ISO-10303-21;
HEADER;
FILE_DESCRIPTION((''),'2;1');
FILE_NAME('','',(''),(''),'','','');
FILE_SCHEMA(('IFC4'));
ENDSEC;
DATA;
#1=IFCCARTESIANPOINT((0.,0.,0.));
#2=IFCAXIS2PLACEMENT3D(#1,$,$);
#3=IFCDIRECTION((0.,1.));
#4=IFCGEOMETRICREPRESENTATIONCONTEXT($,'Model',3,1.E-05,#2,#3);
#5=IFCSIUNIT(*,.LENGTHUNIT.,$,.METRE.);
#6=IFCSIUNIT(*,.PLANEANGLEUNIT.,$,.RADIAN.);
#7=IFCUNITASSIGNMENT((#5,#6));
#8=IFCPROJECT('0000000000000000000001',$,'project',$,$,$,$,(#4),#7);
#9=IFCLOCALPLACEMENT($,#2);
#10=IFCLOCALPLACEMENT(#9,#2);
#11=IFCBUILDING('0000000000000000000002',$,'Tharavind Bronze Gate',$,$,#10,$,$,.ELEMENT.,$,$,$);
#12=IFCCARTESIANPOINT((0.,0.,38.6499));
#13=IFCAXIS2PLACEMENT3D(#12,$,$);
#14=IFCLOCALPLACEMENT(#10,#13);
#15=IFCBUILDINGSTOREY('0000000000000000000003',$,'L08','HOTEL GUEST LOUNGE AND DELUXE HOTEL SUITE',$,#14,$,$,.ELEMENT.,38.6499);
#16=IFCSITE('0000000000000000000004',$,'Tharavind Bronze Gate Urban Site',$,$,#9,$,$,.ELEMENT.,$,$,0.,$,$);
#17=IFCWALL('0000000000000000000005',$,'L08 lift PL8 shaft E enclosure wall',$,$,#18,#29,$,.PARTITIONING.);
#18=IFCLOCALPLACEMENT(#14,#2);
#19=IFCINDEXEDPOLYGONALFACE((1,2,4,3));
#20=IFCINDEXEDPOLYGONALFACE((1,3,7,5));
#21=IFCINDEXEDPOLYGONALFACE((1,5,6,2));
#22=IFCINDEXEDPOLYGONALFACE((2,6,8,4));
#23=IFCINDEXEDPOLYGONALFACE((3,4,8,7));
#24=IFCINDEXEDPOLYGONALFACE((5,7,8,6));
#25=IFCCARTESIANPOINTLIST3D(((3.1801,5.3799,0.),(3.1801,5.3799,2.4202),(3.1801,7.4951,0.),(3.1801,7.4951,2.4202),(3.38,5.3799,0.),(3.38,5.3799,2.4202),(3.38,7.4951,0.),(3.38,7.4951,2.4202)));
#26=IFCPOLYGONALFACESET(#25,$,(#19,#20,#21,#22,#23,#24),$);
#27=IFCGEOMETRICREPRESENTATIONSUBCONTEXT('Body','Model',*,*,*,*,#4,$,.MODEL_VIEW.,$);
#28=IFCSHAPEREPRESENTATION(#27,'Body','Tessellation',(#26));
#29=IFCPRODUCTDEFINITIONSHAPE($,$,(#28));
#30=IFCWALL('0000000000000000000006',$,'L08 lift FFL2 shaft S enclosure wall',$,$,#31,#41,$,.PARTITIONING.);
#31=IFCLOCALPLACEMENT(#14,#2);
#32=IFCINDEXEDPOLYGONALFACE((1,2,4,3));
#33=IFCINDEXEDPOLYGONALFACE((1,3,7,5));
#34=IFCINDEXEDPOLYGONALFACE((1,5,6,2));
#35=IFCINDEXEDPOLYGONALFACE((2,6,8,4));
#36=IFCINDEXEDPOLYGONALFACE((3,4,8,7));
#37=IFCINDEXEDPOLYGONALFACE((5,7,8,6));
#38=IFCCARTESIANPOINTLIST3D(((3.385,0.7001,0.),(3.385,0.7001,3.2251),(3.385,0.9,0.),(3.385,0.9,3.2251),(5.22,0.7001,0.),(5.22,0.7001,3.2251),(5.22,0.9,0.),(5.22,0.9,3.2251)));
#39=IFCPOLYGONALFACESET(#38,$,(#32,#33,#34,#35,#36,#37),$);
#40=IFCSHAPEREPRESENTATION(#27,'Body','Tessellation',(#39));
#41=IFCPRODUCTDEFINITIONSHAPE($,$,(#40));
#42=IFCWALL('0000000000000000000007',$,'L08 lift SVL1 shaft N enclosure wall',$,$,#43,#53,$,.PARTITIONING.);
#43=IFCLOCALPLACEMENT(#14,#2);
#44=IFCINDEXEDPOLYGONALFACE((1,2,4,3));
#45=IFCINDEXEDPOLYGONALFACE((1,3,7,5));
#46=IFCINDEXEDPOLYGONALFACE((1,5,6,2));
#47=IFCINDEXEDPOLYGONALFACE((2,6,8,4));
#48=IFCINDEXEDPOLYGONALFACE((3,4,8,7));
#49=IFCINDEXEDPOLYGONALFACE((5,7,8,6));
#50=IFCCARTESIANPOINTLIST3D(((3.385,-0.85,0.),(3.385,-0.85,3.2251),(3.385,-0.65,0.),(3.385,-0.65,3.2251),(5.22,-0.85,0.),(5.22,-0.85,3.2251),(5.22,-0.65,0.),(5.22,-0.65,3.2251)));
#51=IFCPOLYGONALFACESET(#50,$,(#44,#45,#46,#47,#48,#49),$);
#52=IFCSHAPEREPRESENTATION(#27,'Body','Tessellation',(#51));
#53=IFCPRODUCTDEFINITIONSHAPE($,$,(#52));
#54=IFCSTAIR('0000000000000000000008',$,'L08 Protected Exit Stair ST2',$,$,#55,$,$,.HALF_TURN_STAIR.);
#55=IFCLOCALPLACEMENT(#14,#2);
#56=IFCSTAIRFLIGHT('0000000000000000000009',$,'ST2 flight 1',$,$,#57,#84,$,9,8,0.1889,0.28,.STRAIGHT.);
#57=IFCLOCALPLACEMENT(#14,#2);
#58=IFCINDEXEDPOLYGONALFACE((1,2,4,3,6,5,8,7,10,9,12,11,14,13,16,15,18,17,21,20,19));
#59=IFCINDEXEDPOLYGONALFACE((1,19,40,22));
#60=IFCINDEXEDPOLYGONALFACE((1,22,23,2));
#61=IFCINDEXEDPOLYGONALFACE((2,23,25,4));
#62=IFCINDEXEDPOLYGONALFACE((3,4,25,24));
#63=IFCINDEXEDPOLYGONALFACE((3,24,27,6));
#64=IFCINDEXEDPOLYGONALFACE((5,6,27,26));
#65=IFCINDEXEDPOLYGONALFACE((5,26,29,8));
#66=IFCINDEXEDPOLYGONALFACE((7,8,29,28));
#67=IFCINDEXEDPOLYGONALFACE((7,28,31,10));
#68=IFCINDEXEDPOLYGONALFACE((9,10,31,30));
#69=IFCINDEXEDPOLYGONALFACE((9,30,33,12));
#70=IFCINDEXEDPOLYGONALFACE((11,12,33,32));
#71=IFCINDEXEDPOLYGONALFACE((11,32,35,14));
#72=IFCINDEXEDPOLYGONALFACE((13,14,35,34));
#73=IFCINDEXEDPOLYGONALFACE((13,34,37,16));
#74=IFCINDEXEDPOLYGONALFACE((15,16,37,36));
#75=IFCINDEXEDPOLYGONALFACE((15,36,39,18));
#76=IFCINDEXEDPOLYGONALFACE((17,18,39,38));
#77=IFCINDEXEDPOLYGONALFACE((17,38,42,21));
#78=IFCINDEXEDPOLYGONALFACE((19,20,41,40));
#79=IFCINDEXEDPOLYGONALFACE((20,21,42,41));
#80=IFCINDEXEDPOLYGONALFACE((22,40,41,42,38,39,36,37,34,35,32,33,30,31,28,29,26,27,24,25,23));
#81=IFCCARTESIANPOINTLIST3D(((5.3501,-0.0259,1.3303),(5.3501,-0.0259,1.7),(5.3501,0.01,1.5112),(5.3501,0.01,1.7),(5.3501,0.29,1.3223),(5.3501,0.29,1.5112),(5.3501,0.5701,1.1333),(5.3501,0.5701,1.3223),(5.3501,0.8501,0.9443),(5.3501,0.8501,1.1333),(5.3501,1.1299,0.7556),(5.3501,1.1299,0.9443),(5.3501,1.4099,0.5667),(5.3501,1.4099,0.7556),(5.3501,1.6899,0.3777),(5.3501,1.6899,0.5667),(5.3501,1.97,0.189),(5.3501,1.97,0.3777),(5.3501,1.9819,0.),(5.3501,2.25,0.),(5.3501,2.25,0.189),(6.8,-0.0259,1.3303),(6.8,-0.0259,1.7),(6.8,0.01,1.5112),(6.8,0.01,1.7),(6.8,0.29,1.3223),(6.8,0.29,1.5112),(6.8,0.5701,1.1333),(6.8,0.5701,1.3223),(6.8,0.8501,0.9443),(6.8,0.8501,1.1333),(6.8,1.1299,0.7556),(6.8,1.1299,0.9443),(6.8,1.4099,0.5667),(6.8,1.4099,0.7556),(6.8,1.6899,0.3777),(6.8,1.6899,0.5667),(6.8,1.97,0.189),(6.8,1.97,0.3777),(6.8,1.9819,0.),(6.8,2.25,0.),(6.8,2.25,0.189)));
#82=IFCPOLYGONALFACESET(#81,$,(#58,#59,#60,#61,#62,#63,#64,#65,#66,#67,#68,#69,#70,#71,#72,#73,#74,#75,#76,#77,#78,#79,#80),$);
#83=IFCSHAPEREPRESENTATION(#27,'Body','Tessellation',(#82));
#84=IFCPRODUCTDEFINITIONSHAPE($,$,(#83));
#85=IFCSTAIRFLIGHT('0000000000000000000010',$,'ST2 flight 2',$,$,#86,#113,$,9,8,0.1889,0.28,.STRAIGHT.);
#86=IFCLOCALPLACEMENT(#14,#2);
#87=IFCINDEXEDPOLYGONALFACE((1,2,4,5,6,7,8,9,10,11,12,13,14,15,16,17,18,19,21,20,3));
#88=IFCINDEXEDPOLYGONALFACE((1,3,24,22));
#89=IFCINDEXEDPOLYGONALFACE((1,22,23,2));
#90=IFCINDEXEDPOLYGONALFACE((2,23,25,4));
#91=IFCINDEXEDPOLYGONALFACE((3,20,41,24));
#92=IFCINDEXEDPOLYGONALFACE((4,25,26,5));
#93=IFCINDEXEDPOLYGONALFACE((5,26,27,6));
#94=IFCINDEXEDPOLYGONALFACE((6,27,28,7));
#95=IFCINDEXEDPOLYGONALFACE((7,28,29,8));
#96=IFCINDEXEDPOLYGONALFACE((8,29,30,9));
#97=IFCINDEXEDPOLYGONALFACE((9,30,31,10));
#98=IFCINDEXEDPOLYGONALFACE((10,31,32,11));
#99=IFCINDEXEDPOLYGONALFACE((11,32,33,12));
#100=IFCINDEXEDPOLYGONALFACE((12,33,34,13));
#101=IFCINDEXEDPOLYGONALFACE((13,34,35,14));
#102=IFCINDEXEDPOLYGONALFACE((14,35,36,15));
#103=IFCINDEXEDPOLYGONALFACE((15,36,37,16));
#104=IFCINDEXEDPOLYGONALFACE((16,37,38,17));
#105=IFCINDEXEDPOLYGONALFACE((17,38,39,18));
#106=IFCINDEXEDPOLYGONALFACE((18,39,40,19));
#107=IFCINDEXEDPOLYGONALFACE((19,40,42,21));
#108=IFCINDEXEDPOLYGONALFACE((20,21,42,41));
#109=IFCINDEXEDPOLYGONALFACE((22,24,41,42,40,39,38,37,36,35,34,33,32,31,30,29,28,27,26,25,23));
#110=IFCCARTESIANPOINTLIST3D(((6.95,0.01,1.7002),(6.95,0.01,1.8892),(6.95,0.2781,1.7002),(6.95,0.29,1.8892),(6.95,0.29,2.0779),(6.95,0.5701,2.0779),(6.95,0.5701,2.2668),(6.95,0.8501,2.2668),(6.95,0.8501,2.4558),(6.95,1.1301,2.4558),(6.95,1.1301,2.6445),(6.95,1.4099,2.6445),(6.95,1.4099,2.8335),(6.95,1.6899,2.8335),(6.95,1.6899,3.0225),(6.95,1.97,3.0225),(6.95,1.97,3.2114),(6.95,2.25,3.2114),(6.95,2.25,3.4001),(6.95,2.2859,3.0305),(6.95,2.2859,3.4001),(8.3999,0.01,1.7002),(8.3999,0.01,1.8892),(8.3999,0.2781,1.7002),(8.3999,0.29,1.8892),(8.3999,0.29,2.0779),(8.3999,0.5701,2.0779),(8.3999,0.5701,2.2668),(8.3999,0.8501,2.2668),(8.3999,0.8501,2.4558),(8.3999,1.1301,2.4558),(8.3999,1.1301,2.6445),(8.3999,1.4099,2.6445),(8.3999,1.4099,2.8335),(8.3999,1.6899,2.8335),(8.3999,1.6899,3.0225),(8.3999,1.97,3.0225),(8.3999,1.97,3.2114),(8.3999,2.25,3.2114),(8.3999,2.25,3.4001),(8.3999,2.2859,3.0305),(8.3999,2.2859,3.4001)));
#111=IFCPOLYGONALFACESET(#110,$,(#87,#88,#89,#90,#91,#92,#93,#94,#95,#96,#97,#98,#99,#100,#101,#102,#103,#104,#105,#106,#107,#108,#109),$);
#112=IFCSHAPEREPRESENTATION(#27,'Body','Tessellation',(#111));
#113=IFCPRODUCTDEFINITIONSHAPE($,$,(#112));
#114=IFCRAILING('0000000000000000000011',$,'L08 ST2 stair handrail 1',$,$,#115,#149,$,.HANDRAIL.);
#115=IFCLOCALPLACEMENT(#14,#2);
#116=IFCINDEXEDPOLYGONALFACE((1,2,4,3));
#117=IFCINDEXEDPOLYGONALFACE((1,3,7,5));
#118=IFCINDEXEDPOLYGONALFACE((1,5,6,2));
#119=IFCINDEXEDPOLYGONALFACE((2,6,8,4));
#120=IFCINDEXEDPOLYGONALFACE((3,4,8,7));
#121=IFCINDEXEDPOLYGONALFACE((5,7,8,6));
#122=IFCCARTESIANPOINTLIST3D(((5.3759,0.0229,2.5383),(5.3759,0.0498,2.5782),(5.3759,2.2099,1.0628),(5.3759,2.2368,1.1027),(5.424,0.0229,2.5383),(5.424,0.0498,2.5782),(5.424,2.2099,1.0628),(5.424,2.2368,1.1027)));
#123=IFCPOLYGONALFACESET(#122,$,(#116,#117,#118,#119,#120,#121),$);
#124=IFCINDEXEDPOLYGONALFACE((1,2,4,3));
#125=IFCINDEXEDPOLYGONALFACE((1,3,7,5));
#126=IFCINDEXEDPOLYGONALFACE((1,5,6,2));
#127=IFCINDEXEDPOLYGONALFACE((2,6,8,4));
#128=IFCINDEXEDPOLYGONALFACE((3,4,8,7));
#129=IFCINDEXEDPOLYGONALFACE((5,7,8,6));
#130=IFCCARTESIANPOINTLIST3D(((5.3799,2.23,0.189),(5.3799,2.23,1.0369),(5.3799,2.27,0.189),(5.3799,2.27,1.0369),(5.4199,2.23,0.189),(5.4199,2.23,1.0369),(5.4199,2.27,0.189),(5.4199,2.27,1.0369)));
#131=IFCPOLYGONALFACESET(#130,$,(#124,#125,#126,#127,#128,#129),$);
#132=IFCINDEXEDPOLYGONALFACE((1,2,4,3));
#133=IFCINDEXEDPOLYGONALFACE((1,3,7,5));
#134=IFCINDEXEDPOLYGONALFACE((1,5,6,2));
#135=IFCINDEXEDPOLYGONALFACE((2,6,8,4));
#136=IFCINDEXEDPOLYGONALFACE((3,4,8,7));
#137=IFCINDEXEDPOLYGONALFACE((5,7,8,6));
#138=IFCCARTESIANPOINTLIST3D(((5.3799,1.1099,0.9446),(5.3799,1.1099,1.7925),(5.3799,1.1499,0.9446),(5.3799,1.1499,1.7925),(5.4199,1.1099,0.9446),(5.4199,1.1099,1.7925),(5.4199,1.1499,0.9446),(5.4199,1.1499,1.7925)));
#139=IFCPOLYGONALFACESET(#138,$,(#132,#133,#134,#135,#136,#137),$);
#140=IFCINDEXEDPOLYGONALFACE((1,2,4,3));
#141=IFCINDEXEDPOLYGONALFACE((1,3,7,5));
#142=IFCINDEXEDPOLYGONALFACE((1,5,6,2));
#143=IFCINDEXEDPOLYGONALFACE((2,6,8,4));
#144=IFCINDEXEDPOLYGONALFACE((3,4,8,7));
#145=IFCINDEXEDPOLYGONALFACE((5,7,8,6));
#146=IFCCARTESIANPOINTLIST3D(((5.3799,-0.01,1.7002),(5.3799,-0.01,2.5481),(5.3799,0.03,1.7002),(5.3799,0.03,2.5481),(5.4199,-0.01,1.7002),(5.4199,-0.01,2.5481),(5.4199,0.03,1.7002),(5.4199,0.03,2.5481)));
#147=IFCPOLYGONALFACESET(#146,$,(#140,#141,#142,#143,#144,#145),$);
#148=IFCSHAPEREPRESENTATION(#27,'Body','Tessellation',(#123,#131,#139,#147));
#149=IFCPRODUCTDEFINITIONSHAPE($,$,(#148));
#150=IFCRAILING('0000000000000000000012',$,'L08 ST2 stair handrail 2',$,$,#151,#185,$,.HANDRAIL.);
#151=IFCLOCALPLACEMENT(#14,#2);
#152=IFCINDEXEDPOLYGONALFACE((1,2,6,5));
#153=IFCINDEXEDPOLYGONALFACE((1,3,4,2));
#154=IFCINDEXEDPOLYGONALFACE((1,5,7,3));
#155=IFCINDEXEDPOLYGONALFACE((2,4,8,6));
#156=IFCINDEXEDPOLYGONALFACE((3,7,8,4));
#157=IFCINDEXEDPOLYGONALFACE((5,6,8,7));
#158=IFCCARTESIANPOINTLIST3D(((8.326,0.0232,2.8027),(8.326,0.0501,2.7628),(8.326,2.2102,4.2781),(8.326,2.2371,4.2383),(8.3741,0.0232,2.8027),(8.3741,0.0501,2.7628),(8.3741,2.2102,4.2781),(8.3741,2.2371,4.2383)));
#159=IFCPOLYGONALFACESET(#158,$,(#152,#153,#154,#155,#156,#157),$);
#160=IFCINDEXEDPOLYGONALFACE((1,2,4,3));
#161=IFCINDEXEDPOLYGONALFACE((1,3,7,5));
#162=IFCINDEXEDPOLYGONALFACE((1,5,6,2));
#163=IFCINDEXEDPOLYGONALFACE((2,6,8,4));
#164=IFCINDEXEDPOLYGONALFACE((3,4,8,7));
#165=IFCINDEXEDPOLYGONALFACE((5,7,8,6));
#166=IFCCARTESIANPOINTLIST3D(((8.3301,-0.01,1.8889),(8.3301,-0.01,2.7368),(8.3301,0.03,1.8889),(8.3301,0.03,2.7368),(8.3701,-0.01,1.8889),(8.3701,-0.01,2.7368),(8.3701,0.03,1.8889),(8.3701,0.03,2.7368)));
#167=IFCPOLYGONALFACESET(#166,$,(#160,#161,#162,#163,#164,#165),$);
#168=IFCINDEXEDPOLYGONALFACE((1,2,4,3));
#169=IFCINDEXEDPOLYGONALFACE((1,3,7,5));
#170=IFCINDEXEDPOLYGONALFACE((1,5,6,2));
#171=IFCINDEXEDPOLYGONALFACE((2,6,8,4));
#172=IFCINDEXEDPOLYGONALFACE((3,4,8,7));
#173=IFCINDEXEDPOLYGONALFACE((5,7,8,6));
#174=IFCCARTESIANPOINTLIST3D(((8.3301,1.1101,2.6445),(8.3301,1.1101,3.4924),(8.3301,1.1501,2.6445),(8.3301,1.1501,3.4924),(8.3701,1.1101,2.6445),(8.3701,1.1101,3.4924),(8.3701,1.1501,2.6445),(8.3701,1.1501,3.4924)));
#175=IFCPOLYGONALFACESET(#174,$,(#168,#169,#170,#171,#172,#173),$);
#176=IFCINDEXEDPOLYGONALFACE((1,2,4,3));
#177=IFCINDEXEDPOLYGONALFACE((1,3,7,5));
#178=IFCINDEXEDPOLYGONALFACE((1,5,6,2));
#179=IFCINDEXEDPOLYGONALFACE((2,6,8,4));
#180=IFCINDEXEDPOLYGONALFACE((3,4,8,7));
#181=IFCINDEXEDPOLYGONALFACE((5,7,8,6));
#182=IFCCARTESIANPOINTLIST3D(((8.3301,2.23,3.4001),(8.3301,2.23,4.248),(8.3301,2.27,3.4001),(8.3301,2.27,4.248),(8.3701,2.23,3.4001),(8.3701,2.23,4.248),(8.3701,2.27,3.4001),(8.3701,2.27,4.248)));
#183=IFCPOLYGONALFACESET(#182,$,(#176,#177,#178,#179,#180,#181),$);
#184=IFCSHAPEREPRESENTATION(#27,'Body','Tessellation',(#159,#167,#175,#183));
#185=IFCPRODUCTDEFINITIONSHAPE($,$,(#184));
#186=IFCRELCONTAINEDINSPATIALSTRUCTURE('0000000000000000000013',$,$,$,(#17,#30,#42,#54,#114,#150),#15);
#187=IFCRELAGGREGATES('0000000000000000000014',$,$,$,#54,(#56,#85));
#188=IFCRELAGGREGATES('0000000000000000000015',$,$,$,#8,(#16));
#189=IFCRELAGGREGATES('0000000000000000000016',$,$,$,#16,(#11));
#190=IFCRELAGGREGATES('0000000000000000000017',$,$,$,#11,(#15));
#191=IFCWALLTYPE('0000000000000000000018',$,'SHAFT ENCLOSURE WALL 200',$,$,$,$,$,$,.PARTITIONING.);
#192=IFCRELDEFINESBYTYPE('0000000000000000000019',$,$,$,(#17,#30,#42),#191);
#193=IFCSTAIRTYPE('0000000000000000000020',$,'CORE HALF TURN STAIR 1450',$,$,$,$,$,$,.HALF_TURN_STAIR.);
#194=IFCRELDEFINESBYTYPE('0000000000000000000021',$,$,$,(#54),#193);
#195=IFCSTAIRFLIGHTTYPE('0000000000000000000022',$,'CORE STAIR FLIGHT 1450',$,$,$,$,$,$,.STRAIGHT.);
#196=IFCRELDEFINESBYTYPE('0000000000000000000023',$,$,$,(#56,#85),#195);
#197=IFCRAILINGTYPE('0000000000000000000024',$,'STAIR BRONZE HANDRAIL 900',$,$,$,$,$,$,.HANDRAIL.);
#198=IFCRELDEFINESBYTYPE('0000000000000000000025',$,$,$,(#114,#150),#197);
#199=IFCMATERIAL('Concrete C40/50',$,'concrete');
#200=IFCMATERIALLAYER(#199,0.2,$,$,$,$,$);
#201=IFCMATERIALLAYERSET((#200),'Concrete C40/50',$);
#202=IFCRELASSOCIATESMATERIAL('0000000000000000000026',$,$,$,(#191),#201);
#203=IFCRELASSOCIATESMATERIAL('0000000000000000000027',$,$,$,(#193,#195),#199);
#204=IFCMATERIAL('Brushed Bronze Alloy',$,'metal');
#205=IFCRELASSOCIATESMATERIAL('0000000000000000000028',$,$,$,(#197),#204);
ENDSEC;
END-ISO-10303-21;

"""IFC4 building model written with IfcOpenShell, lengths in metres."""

from ifc_helpers import new_model, si_unit, direction, frame, frame_2d, origin, origin_2d, place, context, subcontext, project, spatial, polyline, rectangle, outline, extrude, material, layer, layer_set, type_object, element, aggregate, save


model = new_model("IFC4")

# Units and contexts
model_context = context("Model", 3, precision=1e-05, world=origin(), true_north=direction((0.0, 1.0)))
body_context = subcontext(model_context, "Body", "Model", "MODEL_VIEW")
ifc_project = project(units=[si_unit("LENGTHUNIT", "METRE"), si_unit("PLANEANGLEUNIT", "RADIAN")], contexts=[model_context])

# Site, building, storey
site_placement = place(None, origin())
site = spatial("IfcSite", under=ifc_project, at=site_placement, Name="Tharavind Bronze Gate Urban Site", CompositionType="ELEMENT", RefElevation=0.0)
building_placement = place(site_placement, origin())
building = spatial("IfcBuilding", under=site, at=building_placement, Name="Tharavind Bronze Gate", CompositionType="ELEMENT")
storey_placement = place(building_placement, frame((0.0, 0.0, 38.6499)))
storey = spatial("IfcBuildingStorey", under=building, at=storey_placement, Name="L08", Description="HOTEL GUEST LOUNGE AND DELUXE HOTEL SUITE", CompositionType="ELEMENT", Elevation=38.6499)

# Walls
ifc_material_1 = material(Name="Concrete C40/50", Category="concrete")
ifc_layer_1 = layer(ifc_material_1, 0.2)
ifc_layer_set_1 = layer_set([ifc_layer_1], Name="Concrete C40/50")
wall_type_1 = type_object("IfcWallType", Name="SHAFT ENCLOSURE WALL 200", PredefinedType="PARTITIONING", material=ifc_layer_set_1)
wall_1_placement = place(storey_placement, frame((3.28, 5.3799, 0.0), z_axis=(0.0, 0.0, 1.0), x_axis=(0.0, 1.0, 0.0)))
element("IfcWall", 1, at=wall_1_placement, inside=storey, type_object=wall_type_1, Name="L08 lift PL8 shaft E enclosure wall", PredefinedType="PARTITIONING", context=body_context, shape_type="SweptSolid", body=[
    extrude(rectangle(XDim=2.1152, YDim=0.2, at=frame_2d((1.0576, 0.0))), origin(), (0.0, 0.0, 1.0), 2.4202),
])
for number, where, z_axis, x_axis, name in (
    (2, (3.385, 0.8, 0.0), (0.0, 0.0, 1.0), (1.0, 0.0, 0.0), "L08 lift FFL2 shaft S enclosure wall"),
    (3, (3.385, -0.75, 0.0), (0.0, 0.0, 1.0), (1.0, 0.0, 0.0), "L08 lift SVL1 shaft N enclosure wall"),
):
    element("IfcWall", number, at=place(storey_placement, frame(where, z_axis=z_axis, x_axis=x_axis)), inside=storey, type_object=wall_type_1, Name=name, PredefinedType="PARTITIONING", context=body_context, shape_type="SweptSolid", body=[
        extrude(rectangle(XDim=1.835, YDim=0.2, at=frame_2d((0.9175, 0.0))), origin(), (0.0, 0.0, 1.0), 3.2251),
    ])

# Stair, stair flights
stair_type = type_object("IfcStairType", Name="CORE HALF TURN STAIR 1450", PredefinedType="HALF_TURN_STAIR", material=ifc_material_1)
stair_placement = place(storey_placement, origin())
stair = element("IfcStair", 4, at=stair_placement, inside=storey, type_object=stair_type, Name="L08 Protected Exit Stair ST2", PredefinedType="HALF_TURN_STAIR")
stair_flight_type = type_object("IfcStairFlightType", Name="CORE STAIR FLIGHT 1450", PredefinedType="STRAIGHT", material=ifc_material_1)
stair_flight_1_placement = place(storey_placement, frame((6.075, 2.25, 0.0), z_axis=(0.0, 0.0, 1.0), x_axis=(0.0, -1.0, 0.0)))
stair_flight_1 = element("IfcStairFlight", 5, at=stair_flight_1_placement, type_object=stair_flight_type, Name="ST2 flight 1", NumberOfRisers=9, NumberOfTreads=8, PredefinedType="STRAIGHT", RiserHeight=0.1889, TreadLength=0.28, context=body_context, shape_type="SweptSolid", body=[
    extrude(outline(polyline([(0.0, 0.0), (0.0, 0.189), (0.28, 0.189), (0.28, 0.3777), (0.5601, 0.3777), (0.5601, 0.5667), (0.8401, 0.5667), (0.8401, 0.7556), (1.1201, 0.7556), (1.1201, 0.9443), (1.3999, 0.9443), (1.3999, 1.1333), (1.6799, 1.1333), (1.6799, 1.3223), (1.96, 1.3223), (1.96, 1.5112), (2.24, 1.5112), (2.24, 1.7), (2.2759, 1.7), (2.2759, 1.3303), (0.2681, 0.0), (0.0, 0.0)])), frame((0.0, 0.7251, 0.0), z_axis=(0.0, -1.0, 0.0), x_axis=(1.0, 0.0, 0.0)), (0.0, 0.0, 1.0), 1.45),
])
stair_flight_2_placement = place(storey_placement, frame((7.675, 0.01, 1.7002), z_axis=(0.0, 0.0, 1.0), x_axis=(0.0, 1.0, 0.0)))
stair_flight_2 = element("IfcStairFlight", 6, at=stair_flight_2_placement, type_object=stair_flight_type, Name="ST2 flight 2", NumberOfRisers=9, NumberOfTreads=8, PredefinedType="STRAIGHT", RiserHeight=0.1889, TreadLength=0.28, context=body_context, shape_type="SweptSolid", body=[
    extrude(outline(polyline([(0.0, 0.0), (0.0, 0.189), (0.28, 0.189), (0.28, 0.3777), (0.5601, 0.3777), (0.5601, 0.5667), (0.8401, 0.5667), (0.8401, 0.7556), (1.1201, 0.7556), (1.1201, 0.9443), (1.3999, 0.9443), (1.3999, 1.1333), (1.6799, 1.1333), (1.6799, 1.3223), (1.96, 1.3223), (1.96, 1.5112), (2.24, 1.5112), (2.24, 1.7), (2.2759, 1.7), (2.2759, 1.3303), (0.2681, 0.0), (0.0, 0.0)])), frame((0.0, 0.7251, 0.0), z_axis=(0.0, -1.0, 0.0), x_axis=(1.0, 0.0, 0.0)), (0.0, 0.0, 1.0), 1.45),
])
aggregate(stair, [stair_flight_1, stair_flight_2])

# Railings
ifc_material_2 = material(Name="Brushed Bronze Alloy", Category="metal")
railing_type_1 = type_object("IfcRailingType", Name="STAIR BRONZE HANDRAIL 900", PredefinedType="HANDRAIL", material=ifc_material_2)
railing_1_placement = place(storey_placement, frame((5.3999, 2.25, 0.189)))
element("IfcRailing", 7, at=railing_1_placement, inside=storey, type_object=railing_type_1, Name="L08 ST2 stair handrail 1", PredefinedType="HANDRAIL", context=body_context, shape_type="SweptSolid", body=[
    extrude(rectangle(XDim=0.0481, YDim=0.0481, at=origin_2d()), frame((0.0, -0.0266, 0.8938), z_axis=(0.0, -0.82898, 0.559279), x_axis=(1.0, 0.0, 0.0)), (0.0, 0.0, 1.0), 2.6382),
    extrude(rectangle(XDim=0.04, YDim=0.04, at=origin_2d()), origin(), (0.0, 0.0, 1.0), 0.8479),
    extrude(rectangle(XDim=0.04, YDim=0.04, at=origin_2d()), frame((0.0, -1.1201, 0.7556)), (0.0, 0.0, 1.0), 0.8479),
    extrude(rectangle(XDim=0.04, YDim=0.04, at=origin_2d()), frame((0.0, -2.24, 1.5112)), (0.0, 0.0, 1.0), 0.8479),
])
railing_2_placement = place(storey_placement, frame((8.3501, 0.01, 1.8889)))
element("IfcRailing", 8, at=railing_2_placement, inside=storey, type_object=railing_type_1, Name="L08 ST2 stair handrail 2", PredefinedType="HANDRAIL", context=body_context, shape_type="SweptSolid", body=[
    extrude(rectangle(XDim=0.0481, YDim=0.0481, at=origin_2d()), frame((0.0, 0.0266, 0.8938), z_axis=(0.0, 0.82898, 0.559279), x_axis=(-1.0, 0.0, 0.0)), (0.0, 0.0, 1.0), 2.6382),
    extrude(rectangle(XDim=0.04, YDim=0.04, at=origin_2d()), origin(), (0.0, 0.0, 1.0), 0.8479),
    extrude(rectangle(XDim=0.04, YDim=0.04, at=origin_2d()), frame((0.0, 1.1201, 0.7556)), (0.0, 0.0, 1.0), 0.8479),
    extrude(rectangle(XDim=0.04, YDim=0.04, at=origin_2d()), frame((0.0, 2.24, 1.5112)), (0.0, 0.0, 1.0), 0.8479),
])

save(model, "model.ifc")
